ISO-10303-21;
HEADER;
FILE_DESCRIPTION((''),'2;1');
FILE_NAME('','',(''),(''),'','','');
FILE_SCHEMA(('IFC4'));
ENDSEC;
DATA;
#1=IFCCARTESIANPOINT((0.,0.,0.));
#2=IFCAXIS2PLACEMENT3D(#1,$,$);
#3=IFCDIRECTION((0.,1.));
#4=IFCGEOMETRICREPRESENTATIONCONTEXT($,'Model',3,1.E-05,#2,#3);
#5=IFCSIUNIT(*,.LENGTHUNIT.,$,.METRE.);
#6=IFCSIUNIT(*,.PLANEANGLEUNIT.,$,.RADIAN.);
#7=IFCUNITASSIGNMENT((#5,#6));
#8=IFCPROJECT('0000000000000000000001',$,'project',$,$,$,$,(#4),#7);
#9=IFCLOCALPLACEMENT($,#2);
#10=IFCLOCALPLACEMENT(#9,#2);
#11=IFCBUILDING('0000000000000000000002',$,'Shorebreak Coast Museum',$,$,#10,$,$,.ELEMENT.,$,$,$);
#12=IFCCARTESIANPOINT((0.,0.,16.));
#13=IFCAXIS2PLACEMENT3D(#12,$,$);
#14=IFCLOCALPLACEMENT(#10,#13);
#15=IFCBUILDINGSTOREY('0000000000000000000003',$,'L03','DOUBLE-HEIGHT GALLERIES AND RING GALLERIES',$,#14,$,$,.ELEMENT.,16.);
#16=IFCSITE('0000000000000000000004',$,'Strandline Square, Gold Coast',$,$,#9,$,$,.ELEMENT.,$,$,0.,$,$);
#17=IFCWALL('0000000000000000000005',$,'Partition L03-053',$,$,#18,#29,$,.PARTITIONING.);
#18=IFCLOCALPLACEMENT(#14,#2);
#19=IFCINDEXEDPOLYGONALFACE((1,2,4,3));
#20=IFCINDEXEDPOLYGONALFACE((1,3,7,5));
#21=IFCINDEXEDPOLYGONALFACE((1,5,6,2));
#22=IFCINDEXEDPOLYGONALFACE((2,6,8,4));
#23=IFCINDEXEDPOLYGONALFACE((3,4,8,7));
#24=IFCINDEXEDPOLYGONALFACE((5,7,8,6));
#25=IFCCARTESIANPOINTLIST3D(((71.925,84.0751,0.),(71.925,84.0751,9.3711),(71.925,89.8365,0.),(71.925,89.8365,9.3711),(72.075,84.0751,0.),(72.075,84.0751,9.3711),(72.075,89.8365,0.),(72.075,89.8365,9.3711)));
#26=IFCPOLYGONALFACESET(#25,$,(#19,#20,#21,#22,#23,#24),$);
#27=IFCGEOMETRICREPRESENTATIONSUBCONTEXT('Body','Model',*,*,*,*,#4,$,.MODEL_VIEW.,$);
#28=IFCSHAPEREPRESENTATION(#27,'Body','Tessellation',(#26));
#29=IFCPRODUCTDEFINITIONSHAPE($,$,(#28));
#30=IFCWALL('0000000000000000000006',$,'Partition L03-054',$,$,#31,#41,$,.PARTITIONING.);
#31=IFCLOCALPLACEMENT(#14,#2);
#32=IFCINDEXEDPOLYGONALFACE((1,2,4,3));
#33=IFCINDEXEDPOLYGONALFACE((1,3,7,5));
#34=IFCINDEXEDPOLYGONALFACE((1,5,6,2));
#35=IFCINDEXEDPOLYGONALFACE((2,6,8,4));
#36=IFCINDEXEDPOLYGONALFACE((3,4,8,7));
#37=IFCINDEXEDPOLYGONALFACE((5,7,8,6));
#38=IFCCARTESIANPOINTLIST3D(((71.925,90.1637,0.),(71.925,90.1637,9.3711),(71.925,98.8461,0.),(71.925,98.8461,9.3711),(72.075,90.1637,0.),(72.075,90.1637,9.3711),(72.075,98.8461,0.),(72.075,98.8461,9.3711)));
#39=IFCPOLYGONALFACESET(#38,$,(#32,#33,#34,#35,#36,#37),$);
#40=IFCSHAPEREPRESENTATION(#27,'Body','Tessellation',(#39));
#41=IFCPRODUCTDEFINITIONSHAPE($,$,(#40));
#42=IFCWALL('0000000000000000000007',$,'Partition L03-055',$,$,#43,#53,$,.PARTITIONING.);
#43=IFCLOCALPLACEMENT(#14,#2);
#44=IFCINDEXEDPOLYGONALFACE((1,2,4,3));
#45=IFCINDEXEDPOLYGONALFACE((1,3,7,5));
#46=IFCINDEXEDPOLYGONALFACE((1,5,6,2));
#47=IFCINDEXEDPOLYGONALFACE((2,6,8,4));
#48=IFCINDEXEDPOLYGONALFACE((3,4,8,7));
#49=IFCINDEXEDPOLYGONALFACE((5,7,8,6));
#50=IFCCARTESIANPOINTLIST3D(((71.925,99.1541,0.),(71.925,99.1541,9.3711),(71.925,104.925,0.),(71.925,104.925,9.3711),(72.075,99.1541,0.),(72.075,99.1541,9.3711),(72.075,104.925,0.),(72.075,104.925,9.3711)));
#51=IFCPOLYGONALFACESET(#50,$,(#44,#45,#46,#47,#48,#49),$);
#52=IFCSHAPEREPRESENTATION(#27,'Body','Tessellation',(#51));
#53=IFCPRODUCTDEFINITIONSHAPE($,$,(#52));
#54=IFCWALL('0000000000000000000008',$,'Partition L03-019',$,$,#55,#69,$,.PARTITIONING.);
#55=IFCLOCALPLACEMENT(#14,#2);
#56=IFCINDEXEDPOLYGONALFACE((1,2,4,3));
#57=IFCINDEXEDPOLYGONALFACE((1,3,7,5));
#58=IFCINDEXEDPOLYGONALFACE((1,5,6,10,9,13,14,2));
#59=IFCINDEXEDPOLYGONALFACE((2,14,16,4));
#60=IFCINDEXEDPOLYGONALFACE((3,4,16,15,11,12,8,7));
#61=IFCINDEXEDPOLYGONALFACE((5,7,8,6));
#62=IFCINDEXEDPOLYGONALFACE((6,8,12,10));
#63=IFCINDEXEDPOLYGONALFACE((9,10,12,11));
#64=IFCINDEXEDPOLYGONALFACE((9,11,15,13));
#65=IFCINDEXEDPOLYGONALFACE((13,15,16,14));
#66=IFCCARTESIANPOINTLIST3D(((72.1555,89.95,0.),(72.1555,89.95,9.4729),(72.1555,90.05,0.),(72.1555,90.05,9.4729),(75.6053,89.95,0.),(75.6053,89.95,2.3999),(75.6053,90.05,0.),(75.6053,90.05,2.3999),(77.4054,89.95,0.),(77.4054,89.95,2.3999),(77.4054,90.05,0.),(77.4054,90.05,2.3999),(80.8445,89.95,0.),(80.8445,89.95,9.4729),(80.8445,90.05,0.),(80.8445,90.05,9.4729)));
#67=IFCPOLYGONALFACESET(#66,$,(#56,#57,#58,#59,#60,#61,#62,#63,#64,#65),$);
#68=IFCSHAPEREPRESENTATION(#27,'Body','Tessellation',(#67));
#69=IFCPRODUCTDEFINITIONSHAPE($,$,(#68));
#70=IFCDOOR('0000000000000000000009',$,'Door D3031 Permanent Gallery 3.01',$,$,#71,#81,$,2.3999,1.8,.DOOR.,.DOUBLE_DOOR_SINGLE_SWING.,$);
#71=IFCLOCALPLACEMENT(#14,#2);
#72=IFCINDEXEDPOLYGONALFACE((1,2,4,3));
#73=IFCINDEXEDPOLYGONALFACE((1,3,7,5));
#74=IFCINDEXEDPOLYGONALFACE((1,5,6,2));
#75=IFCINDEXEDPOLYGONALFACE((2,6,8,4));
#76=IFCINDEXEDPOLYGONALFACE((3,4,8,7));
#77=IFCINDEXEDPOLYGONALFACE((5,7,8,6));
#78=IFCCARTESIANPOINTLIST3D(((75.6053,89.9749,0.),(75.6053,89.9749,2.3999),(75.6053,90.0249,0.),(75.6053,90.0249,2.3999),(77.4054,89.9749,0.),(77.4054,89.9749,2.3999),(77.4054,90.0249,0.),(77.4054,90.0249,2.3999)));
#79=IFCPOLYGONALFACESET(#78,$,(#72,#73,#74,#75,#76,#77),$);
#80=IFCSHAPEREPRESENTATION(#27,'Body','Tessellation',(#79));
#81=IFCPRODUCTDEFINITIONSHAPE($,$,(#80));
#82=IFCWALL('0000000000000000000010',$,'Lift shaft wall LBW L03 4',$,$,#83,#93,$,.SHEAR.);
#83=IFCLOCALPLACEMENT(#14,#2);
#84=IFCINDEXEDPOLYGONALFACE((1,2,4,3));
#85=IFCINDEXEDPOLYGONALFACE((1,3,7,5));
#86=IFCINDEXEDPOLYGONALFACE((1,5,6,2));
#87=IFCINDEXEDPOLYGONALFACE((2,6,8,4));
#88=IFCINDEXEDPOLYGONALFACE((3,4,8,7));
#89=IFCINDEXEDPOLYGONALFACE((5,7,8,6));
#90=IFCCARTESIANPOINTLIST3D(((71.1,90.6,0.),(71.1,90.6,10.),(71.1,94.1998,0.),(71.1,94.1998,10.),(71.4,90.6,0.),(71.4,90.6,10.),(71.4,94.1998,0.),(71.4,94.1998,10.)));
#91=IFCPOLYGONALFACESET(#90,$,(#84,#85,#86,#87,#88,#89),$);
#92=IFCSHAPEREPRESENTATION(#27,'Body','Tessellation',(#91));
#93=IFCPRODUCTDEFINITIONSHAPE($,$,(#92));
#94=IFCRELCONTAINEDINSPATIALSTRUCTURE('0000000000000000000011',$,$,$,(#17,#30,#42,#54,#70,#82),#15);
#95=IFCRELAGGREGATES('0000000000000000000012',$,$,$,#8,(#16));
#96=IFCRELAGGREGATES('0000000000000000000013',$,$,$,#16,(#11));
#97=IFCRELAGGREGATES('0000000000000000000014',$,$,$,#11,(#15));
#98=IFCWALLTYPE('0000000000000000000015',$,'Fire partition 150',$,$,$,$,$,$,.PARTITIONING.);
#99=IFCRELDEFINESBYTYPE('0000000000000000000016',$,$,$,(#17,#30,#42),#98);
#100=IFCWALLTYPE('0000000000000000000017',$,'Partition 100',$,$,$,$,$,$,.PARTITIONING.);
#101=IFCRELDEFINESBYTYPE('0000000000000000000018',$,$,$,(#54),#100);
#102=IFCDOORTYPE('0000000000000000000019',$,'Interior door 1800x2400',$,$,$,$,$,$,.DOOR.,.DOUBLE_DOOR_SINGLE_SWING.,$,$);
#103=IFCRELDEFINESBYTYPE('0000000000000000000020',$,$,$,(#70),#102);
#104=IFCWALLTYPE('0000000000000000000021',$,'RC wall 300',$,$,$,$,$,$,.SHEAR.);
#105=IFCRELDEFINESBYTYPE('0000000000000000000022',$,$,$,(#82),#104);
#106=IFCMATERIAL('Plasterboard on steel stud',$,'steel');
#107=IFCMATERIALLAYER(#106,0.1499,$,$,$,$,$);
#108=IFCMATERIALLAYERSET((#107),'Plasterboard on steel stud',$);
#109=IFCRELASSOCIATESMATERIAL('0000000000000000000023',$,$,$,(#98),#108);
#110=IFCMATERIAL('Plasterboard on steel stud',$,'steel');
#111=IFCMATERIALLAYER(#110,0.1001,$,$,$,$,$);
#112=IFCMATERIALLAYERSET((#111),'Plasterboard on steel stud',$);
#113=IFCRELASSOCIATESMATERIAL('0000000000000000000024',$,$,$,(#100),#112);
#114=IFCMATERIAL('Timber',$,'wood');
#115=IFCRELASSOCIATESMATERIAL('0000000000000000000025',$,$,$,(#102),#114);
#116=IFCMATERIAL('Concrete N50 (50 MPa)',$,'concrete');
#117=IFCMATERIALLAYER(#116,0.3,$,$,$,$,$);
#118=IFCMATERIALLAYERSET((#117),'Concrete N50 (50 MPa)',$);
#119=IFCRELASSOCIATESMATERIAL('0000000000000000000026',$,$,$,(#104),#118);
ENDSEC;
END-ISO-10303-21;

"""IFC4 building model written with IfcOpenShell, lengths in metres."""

from ifc_helpers import new_model, si_unit, direction, frame, frame_2d, origin, place, context, subcontext, project, spatial, rectangle, extrude, material, layer, layer_set, type_object, element, fill, save


model = new_model("IFC4")

# Units and contexts
model_context = context("Model", 3, precision=1e-05, world=origin(), true_north=direction((0.0, 1.0)))
body_context = subcontext(model_context, "Body", "Model", "MODEL_VIEW")
ifc_project = project(units=[si_unit("LENGTHUNIT", "METRE"), si_unit("PLANEANGLEUNIT", "RADIAN")], contexts=[model_context])

# Site, building, storey
site_placement = place(None, origin())
site = spatial("IfcSite", under=ifc_project, at=site_placement, Name="Strandline Square, Gold Coast", CompositionType="ELEMENT", RefElevation=0.0)
building_placement = place(site_placement, origin())
building = spatial("IfcBuilding", under=site, at=building_placement, Name="Shorebreak Coast Museum", CompositionType="ELEMENT")
storey_placement = place(building_placement, frame((0.0, 0.0, 16.0)))
storey = spatial("IfcBuildingStorey", under=building, at=storey_placement, Name="L03", Description="DOUBLE-HEIGHT GALLERIES AND RING GALLERIES", CompositionType="ELEMENT", Elevation=16.0)

# Shared definitions
ifc_material_1 = material(Name="Plasterboard on steel stud", Category="steel")
ifc_layer_1 = layer(ifc_material_1, 0.1499)
ifc_layer_set_1 = layer_set([ifc_layer_1], Name="Plasterboard on steel stud")
wall_type_1 = type_object("IfcWallType", Name="Fire partition 150", PredefinedType="PARTITIONING", material=ifc_layer_set_1)

# Walls
wall_1_placement = place(storey_placement, frame((72.0, 84.075, 0.0), z_axis=(0.0, 0.0, 1.0), x_axis=(0.0, 1.0, 0.0)))
element("IfcWall", 1, at=wall_1_placement, inside=storey, type_object=wall_type_1, Name="Partition L03-053", PredefinedType="PARTITIONING", context=body_context, shape_type="SweptSolid", body=[
    extrude(rectangle(XDim=5.7615, YDim=0.1499, at=frame_2d((2.8809, 0.0))), origin(), (0.0, 0.0, 1.0), 9.3711),
])
wall_2_placement = place(storey_placement, frame((72.0, 90.1636, 0.0), z_axis=(0.0, 0.0, 1.0), x_axis=(0.0, 1.0, 0.0)))
element("IfcWall", 2, at=wall_2_placement, inside=storey, type_object=wall_type_1, Name="Partition L03-054", PredefinedType="PARTITIONING", context=body_context, shape_type="SweptSolid", body=[
    extrude(rectangle(XDim=8.6824, YDim=0.1499, at=frame_2d((4.3413, 0.0))), origin(), (0.0, 0.0, 1.0), 9.3711),
])
wall_3_placement = place(storey_placement, frame((72.0, 99.1541, 0.0), z_axis=(0.0, 0.0, 1.0), x_axis=(0.0, 1.0, 0.0)))
element("IfcWall", 3, at=wall_3_placement, inside=storey, type_object=wall_type_1, Name="Partition L03-055", PredefinedType="PARTITIONING", context=body_context, shape_type="SweptSolid", body=[
    extrude(rectangle(XDim=5.771, YDim=0.1499, at=frame_2d((2.8855, 0.0))), origin(), (0.0, 0.0, 1.0), 9.3711),
])

# Wall, opening, door
ifc_material_2 = material(Name="Plasterboard on steel stud", Category="steel")
ifc_layer_2 = layer(ifc_material_2, 0.1001)
ifc_layer_set_2 = layer_set([ifc_layer_2], Name="Plasterboard on steel stud")
wall_type_2 = type_object("IfcWallType", Name="Partition 100", PredefinedType="PARTITIONING", material=ifc_layer_set_2)
wall_4_placement = place(storey_placement, frame((72.1555, 90.0, 0.0), z_axis=(0.0, 0.0, 1.0), x_axis=(1.0, 0.0, 0.0)))
wall_4 = element("IfcWall", 4, at=wall_4_placement, inside=storey, type_object=wall_type_2, Name="Partition L03-019", PredefinedType="PARTITIONING", context=body_context, shape_type="SweptSolid", body=[
    extrude(rectangle(XDim=8.689, YDim=0.1001, at=frame_2d((4.3445, 0.0))), origin(), (0.0, 0.0, 1.0), 9.4729),
])
opening_1_placement = place(wall_4_placement, frame((3.45, 0.0, 0.0)))
opening_1 = element("IfcOpeningElement", 5, at=opening_1_placement, cuts=wall_4, PredefinedType="OPENING", context=body_context, shape_type="SweptSolid", body=[
    extrude(rectangle(XDim=1.8, YDim=2.3999, at=frame_2d((0.8999, 1.2))), frame((0.0, 0.0601, 0.0), z_axis=(0.0, -1.0, 0.0), x_axis=(1.0, 0.0, 0.0)), (0.0, 0.0, 1.0), 0.1201),
])
ifc_material_3 = material(Name="Timber", Category="wood")
door_type_1 = type_object("IfcDoorType", Name="Interior door 1800x2400", OperationType="DOUBLE_DOOR_SINGLE_SWING", PredefinedType="DOOR", material=ifc_material_3)
door_1_placement = place(opening_1_placement, origin())
door_1 = element("IfcDoor", 6, at=door_1_placement, inside=storey, type_object=door_type_1, Name="Door D3031 Permanent Gallery 3.01", OperationType="DOUBLE_DOOR_SINGLE_SWING", OverallHeight=2.3999, OverallWidth=1.8, PredefinedType="DOOR", context=body_context, shape_type="SweptSolid", body=[
    extrude(rectangle(XDim=1.8, YDim=2.3999, at=frame_2d((0.8999, 1.2))), frame((0.0, 0.0249, 0.0), z_axis=(0.0, -1.0, 0.0), x_axis=(1.0, 0.0, 0.0)), (0.0, 0.0, 1.0), 0.05),
])
fill(opening_1, door_1)

# Wall
ifc_material_4 = material(Name="Concrete N50 (50 MPa)", Category="concrete")
ifc_layer_3 = layer(ifc_material_4, 0.3)
ifc_layer_set_3 = layer_set([ifc_layer_3], Name="Concrete N50 (50 MPa)")
wall_type_3 = type_object("IfcWallType", Name="RC wall 300", PredefinedType="SHEAR", material=ifc_layer_set_3)
wall_5_placement = place(storey_placement, frame((71.25, 90.6001, 0.0), z_axis=(0.0, 0.0, 1.0), x_axis=(0.0, 1.0, 0.0)))
element("IfcWall", 7, at=wall_5_placement, inside=storey, type_object=wall_type_3, Name="Lift shaft wall LBW L03 4", PredefinedType="SHEAR", context=body_context, shape_type="SweptSolid", body=[
    extrude(rectangle(XDim=3.5999, YDim=0.3, at=frame_2d((1.7998, 0.0))), origin(), (0.0, 0.0, 1.0), 10.0),
])

save(model, "model.ifc")
